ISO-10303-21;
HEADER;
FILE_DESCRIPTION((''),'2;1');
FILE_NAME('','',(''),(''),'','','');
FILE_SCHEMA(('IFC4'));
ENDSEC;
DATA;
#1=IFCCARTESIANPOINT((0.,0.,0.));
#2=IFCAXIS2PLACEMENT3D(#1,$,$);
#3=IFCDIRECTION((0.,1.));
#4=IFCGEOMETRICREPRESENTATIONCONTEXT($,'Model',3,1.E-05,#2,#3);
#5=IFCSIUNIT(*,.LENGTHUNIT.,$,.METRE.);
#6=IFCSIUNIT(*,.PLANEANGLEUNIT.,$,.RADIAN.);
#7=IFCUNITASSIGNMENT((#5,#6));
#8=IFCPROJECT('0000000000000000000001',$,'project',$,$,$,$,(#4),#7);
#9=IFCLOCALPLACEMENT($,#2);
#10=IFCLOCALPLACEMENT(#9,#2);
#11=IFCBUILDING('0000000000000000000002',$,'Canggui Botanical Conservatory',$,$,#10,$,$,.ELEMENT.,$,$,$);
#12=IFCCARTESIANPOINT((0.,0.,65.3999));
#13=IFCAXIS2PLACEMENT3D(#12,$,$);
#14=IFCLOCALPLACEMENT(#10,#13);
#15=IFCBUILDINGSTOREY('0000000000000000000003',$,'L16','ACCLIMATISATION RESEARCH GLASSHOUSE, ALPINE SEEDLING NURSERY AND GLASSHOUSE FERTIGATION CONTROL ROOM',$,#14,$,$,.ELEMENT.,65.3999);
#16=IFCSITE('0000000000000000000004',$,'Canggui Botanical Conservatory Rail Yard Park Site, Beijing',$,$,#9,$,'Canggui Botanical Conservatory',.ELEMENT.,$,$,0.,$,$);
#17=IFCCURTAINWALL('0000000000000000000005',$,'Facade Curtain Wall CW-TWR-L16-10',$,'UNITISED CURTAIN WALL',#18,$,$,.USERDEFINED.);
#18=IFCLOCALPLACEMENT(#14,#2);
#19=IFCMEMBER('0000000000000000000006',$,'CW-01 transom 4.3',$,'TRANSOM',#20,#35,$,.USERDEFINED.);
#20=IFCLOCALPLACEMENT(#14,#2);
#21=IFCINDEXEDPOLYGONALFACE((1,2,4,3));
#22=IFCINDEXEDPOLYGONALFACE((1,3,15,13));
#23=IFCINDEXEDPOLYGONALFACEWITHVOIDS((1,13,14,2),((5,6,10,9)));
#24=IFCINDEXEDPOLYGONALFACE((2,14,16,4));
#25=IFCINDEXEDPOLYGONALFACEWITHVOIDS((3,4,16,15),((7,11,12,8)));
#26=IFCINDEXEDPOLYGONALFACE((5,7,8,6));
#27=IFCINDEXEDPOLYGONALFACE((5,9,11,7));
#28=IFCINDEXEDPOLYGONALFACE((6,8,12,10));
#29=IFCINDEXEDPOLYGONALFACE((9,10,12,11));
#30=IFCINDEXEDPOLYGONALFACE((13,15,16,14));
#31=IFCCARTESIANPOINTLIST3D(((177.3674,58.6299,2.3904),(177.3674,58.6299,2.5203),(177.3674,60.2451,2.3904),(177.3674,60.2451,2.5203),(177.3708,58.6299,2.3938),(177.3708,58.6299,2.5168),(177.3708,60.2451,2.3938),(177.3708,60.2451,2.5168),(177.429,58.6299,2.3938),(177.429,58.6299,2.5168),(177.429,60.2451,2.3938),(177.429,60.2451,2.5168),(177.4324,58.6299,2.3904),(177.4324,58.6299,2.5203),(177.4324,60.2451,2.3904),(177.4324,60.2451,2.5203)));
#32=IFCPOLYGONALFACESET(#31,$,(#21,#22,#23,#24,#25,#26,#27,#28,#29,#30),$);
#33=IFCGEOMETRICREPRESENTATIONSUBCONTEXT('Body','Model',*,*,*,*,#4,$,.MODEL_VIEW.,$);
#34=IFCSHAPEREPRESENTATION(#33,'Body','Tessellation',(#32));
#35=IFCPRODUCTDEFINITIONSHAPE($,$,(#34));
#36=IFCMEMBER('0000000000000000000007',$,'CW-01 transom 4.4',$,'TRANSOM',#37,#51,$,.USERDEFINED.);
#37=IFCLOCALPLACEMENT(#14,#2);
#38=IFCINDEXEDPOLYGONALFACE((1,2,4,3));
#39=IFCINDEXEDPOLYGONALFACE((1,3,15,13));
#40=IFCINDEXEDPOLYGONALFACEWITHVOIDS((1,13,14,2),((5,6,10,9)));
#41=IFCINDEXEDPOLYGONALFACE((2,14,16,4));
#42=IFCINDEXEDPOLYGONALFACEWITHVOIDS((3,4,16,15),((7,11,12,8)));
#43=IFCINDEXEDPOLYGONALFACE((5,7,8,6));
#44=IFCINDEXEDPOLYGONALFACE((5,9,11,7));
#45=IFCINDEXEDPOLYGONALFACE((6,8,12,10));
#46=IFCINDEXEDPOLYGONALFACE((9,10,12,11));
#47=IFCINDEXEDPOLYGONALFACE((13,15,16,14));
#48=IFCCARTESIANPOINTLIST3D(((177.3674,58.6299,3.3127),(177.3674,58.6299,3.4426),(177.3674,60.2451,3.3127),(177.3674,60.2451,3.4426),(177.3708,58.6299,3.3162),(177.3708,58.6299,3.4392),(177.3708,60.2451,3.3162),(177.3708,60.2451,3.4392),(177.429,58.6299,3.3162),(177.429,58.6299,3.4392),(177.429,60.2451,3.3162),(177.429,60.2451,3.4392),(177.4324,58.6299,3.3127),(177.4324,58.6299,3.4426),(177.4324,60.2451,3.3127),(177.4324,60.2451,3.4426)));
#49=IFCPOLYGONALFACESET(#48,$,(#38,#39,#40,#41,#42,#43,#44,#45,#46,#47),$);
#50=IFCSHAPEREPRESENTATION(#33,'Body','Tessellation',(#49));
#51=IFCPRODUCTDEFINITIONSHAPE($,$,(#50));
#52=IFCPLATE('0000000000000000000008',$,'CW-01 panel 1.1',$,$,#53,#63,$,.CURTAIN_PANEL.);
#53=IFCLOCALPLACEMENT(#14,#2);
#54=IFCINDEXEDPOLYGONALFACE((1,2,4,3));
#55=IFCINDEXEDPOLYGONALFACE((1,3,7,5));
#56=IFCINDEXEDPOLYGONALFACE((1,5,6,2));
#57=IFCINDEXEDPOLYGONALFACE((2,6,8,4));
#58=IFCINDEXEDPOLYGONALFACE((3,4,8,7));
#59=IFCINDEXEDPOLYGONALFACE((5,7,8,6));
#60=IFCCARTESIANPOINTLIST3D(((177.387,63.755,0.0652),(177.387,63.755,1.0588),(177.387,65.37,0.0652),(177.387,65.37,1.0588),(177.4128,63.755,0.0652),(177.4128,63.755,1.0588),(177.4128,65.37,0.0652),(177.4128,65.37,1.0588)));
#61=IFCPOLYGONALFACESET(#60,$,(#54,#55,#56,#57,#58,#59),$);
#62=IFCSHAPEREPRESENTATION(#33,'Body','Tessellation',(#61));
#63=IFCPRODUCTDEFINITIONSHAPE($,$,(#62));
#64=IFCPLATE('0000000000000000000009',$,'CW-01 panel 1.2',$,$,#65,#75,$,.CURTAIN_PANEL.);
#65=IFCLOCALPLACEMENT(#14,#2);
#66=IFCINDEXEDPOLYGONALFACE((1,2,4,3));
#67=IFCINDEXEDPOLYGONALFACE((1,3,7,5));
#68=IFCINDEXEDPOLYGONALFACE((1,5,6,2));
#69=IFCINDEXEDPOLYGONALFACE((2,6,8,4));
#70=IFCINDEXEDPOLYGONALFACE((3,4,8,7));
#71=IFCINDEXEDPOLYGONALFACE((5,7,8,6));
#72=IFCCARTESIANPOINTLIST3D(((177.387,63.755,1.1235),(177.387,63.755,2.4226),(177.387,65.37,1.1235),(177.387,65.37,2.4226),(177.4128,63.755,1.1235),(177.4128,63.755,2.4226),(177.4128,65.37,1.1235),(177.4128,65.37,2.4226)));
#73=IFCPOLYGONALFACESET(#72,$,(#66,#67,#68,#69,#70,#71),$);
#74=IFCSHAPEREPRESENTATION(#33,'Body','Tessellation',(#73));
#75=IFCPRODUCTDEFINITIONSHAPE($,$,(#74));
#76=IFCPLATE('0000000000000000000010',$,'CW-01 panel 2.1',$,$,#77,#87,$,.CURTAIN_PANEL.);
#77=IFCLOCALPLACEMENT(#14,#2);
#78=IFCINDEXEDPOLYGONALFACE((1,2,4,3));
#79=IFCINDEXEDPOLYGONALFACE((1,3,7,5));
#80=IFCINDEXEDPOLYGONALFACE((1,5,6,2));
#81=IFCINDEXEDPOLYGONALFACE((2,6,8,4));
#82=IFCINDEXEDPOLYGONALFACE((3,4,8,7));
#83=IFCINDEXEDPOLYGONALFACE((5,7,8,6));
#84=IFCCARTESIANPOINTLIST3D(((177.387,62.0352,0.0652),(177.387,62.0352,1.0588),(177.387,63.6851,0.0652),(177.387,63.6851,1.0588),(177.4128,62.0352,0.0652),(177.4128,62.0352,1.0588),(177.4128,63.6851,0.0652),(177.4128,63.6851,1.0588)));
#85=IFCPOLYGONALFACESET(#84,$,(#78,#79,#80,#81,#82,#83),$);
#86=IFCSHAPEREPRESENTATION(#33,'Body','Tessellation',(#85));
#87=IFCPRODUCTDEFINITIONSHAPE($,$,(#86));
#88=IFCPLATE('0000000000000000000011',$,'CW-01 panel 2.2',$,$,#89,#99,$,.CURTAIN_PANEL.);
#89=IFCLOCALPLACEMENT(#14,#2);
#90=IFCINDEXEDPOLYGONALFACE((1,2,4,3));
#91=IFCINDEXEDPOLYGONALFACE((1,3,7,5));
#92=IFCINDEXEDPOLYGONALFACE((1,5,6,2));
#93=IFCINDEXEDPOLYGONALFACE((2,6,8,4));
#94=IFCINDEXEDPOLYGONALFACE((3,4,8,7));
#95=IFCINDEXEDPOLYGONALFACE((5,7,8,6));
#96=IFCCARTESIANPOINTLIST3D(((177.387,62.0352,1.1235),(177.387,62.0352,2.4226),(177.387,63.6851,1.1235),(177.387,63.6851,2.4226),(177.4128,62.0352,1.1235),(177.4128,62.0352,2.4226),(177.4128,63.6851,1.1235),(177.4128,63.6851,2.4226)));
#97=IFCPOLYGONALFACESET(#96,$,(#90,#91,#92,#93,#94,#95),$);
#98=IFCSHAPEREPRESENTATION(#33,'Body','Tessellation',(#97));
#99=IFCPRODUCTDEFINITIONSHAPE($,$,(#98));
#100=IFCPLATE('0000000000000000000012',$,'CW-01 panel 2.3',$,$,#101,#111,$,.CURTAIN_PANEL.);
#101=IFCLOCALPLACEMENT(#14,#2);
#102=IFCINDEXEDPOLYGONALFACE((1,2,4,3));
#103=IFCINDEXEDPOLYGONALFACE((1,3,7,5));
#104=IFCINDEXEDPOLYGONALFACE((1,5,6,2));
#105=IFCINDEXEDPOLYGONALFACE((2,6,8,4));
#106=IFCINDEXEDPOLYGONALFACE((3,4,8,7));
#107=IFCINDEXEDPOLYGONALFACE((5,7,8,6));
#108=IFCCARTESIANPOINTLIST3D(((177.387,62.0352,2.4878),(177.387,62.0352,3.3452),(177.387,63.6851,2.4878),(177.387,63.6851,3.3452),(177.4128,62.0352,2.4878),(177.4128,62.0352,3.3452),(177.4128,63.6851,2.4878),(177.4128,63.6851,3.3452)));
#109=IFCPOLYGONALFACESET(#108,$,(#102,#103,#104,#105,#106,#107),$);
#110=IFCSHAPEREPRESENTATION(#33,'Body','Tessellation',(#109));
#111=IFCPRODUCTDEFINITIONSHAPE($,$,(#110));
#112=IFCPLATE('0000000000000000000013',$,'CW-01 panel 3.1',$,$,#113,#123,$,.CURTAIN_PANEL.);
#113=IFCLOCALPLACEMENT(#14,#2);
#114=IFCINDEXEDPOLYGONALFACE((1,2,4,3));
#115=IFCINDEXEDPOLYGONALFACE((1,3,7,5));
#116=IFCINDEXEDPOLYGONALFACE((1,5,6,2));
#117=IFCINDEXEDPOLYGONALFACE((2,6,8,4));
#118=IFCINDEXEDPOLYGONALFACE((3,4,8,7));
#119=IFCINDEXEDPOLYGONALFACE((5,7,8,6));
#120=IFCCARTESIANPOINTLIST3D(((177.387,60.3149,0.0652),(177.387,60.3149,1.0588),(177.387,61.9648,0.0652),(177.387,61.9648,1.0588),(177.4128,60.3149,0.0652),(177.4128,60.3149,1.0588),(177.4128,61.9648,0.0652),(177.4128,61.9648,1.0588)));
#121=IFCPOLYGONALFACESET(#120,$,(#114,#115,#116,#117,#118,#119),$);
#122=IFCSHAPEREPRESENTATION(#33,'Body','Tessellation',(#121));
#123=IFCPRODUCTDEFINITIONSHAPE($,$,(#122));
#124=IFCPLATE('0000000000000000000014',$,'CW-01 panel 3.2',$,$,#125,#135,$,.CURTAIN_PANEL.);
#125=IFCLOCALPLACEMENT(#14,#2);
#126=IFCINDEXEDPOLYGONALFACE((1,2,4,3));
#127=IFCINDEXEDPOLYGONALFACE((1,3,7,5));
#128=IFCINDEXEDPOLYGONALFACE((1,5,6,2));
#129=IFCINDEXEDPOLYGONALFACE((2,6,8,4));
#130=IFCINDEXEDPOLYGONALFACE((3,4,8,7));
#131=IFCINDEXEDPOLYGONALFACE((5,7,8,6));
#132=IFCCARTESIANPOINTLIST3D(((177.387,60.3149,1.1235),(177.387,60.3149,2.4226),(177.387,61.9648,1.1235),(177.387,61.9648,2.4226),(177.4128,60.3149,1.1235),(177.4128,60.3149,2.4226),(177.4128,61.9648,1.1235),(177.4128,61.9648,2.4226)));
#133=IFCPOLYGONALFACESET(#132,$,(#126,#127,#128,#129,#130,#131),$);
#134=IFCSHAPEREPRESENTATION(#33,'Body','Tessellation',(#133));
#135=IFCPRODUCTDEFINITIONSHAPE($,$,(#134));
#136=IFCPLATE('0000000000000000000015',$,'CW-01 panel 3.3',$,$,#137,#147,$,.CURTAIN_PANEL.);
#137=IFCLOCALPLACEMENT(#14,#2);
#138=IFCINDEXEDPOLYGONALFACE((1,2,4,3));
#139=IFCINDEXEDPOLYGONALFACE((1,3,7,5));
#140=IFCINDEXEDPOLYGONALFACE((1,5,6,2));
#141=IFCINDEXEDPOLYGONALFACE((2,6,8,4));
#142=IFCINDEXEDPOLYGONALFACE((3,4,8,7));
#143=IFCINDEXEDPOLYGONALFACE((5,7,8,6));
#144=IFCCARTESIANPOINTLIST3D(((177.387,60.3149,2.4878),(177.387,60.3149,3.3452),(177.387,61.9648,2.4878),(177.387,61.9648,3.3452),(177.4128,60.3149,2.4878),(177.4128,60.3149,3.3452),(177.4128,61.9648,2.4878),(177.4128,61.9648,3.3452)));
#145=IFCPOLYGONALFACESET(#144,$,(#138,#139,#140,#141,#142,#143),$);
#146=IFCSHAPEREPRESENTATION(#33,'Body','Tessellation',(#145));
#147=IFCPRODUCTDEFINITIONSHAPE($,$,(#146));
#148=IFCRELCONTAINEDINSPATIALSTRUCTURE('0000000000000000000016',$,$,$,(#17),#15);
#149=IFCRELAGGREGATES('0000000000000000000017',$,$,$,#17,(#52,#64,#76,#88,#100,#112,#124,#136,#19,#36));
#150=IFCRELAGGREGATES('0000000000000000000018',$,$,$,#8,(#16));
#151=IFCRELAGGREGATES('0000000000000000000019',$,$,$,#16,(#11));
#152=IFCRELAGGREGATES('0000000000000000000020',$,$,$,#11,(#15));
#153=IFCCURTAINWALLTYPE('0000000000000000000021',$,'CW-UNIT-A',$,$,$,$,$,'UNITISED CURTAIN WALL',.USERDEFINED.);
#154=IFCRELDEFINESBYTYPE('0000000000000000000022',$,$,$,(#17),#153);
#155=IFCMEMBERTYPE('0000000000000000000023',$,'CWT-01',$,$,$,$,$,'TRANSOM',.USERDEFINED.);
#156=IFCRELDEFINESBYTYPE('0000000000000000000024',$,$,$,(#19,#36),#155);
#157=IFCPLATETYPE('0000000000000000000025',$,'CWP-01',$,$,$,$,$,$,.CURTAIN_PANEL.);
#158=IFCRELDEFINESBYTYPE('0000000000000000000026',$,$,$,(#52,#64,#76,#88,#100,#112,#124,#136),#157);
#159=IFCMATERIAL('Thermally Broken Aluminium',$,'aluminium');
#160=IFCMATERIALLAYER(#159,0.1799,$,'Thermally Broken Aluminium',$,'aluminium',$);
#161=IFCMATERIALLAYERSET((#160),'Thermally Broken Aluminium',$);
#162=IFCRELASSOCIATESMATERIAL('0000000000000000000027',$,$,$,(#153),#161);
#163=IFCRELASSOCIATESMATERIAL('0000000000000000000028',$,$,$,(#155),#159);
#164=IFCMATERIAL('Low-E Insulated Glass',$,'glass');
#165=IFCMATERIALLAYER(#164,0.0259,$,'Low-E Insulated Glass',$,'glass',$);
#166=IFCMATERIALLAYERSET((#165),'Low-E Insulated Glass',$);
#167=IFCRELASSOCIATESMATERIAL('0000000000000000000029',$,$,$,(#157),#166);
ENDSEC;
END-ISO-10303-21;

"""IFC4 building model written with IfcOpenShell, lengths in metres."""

from ifc_helpers import new_model, si_unit, direction, frame, origin, origin_2d, place, context, subcontext, project, spatial, rectangle, hollow_rectangle, extrude, material, layer, layer_set, material_profile, profile_set, type_object, element, aggregate, save


model = new_model("IFC4")

# Units and contexts
model_context = context("Model", 3, precision=1e-05, world=origin(), true_north=direction((0.0, 1.0)))
body_context = subcontext(model_context, "Body", "Model", "MODEL_VIEW")
ifc_project = project(units=[si_unit("LENGTHUNIT", "METRE"), si_unit("PLANEANGLEUNIT", "RADIAN")], contexts=[model_context])

# Site, building, storey
site_placement = place(None, origin())
site = spatial("IfcSite", under=ifc_project, at=site_placement, Name="Canggui Botanical Conservatory Rail Yard Park Site, Beijing", LongName="Canggui Botanical Conservatory", CompositionType="ELEMENT", RefElevation=0.0)
building_placement = place(site_placement, origin())
building = spatial("IfcBuilding", under=site, at=building_placement, Name="Canggui Botanical Conservatory", CompositionType="ELEMENT")
storey_placement = place(building_placement, frame((0.0, 0.0, 65.3999)))
storey = spatial("IfcBuildingStorey", under=building, at=storey_placement, Name="L16", Description="ACCLIMATISATION RESEARCH GLASSHOUSE, ALPINE SEEDLING NURSERY AND GLASSHOUSE FERTIGATION CONTROL ROOM", CompositionType="ELEMENT", Elevation=65.3999)

# Curtain wall, members, plates
ifc_material_1 = material(Name="Thermally Broken Aluminium", Category="aluminium")
ifc_layer_1 = layer(ifc_material_1, 0.1799, Name="Thermally Broken Aluminium", Category="aluminium")
ifc_layer_set_1 = layer_set([ifc_layer_1], Name="Thermally Broken Aluminium")
curtain_wall_type = type_object("IfcCurtainWallType", Name="CW-UNIT-A", ElementType="UNITISED CURTAIN WALL", PredefinedType="USERDEFINED", material=ifc_layer_set_1)
curtain_wall_placement = place(storey_placement, origin())
curtain_wall = element("IfcCurtainWall", 1, at=curtain_wall_placement, inside=storey, type_object=curtain_wall_type, Name="Facade Curtain Wall CW-TWR-L16-10", ObjectType="UNITISED CURTAIN WALL", PredefinedType="USERDEFINED")
ifc_material_profile_1 = material_profile(ifc_material_1, hollow_rectangle(XDim=0.0649, YDim=0.1299, WallThickness=0.0034, at=origin_2d()), Name="CWT 65x130x3.5")
ifc_profile_set_1 = profile_set([ifc_material_profile_1], Name="Thermally Broken Aluminium")
member_type_1 = type_object("IfcMemberType", Name="CWT-01", ElementType="TRANSOM", PredefinedType="USERDEFINED", material=ifc_profile_set_1)
member_1_placement = place(storey_placement, frame((177.3999, 60.2451, 2.4553), z_axis=(0.0, -1.0, 0.0), x_axis=(1.0, 0.0, 0.0)))
member_1 = element("IfcMember", 2, at=member_1_placement, type_object=member_type_1, Name="CW-01 transom 4.3", ObjectType="TRANSOM", PredefinedType="USERDEFINED", context=body_context, shape_type="SweptSolid", body=[
    extrude(hollow_rectangle(XDim=0.0649, YDim=0.1299, WallThickness=0.0034, at=origin_2d()), origin(), (0.0, 0.0, 1.0), 1.6152),
])
member_2_placement = place(storey_placement, frame((177.3999, 60.2451, 3.3777), z_axis=(0.0, -1.0, 0.0), x_axis=(1.0, 0.0, 0.0)))
member_2 = element("IfcMember", 3, at=member_2_placement, type_object=member_type_1, Name="CW-01 transom 4.4", ObjectType="TRANSOM", PredefinedType="USERDEFINED", context=body_context, shape_type="SweptSolid", body=[
    extrude(hollow_rectangle(XDim=0.0649, YDim=0.1299, WallThickness=0.0034, at=origin_2d()), origin(), (0.0, 0.0, 1.0), 1.6152),
])
ifc_material_2 = material(Name="Low-E Insulated Glass", Category="glass")
ifc_layer_2 = layer(ifc_material_2, 0.0259, Name="Low-E Insulated Glass", Category="glass")
ifc_layer_set_2 = layer_set([ifc_layer_2], Name="Low-E Insulated Glass")
plate_type = type_object("IfcPlateType", Name="CWP-01", PredefinedType="CURTAIN_PANEL", material=ifc_layer_set_2)
plate_1_placement = place(storey_placement, frame((177.3999, 64.5625, 0.0652), z_axis=(0.0, 0.0, 1.0), x_axis=(0.0, -1.0, 0.0)))
plate_1 = element("IfcPlate", 4, at=plate_1_placement, type_object=plate_type, Name="CW-01 panel 1.1", PredefinedType="CURTAIN_PANEL", context=body_context, shape_type="SweptSolid", body=[
    extrude(rectangle(XDim=1.615, YDim=0.0259, at=origin_2d()), origin(), (0.0, 0.0, 1.0), 0.9937),
])
plate_2_placement = place(storey_placement, frame((177.3999, 64.5625, 1.1235), z_axis=(0.0, 0.0, 1.0), x_axis=(0.0, -1.0, 0.0)))
plate_2 = element("IfcPlate", 5, at=plate_2_placement, type_object=plate_type, Name="CW-01 panel 1.2", PredefinedType="CURTAIN_PANEL", context=body_context, shape_type="SweptSolid", body=[
    extrude(rectangle(XDim=1.615, YDim=0.0259, at=origin_2d()), origin(), (0.0, 0.0, 1.0), 1.2991),
])
plate_3_placement = place(storey_placement, frame((177.3999, 62.8601, 0.0652), z_axis=(0.0, 0.0, 1.0), x_axis=(0.0, -1.0, 0.0)))
plate_3 = element("IfcPlate", 6, at=plate_3_placement, type_object=plate_type, Name="CW-01 panel 2.1", PredefinedType="CURTAIN_PANEL", context=body_context, shape_type="SweptSolid", body=[
    extrude(rectangle(XDim=1.6499, YDim=0.0259, at=origin_2d()), origin(), (0.0, 0.0, 1.0), 0.9937),
])
plate_4_placement = place(storey_placement, frame((177.3999, 62.8601, 1.1235), z_axis=(0.0, 0.0, 1.0), x_axis=(0.0, -1.0, 0.0)))
plate_4 = element("IfcPlate", 7, at=plate_4_placement, type_object=plate_type, Name="CW-01 panel 2.2", PredefinedType="CURTAIN_PANEL", context=body_context, shape_type="SweptSolid", body=[
    extrude(rectangle(XDim=1.6499, YDim=0.0259, at=origin_2d()), origin(), (0.0, 0.0, 1.0), 1.2991),
])
plate_5_placement = place(storey_placement, frame((177.3999, 62.8601, 2.4878), z_axis=(0.0, 0.0, 1.0), x_axis=(0.0, -1.0, 0.0)))
plate_5 = element("IfcPlate", 8, at=plate_5_placement, type_object=plate_type, Name="CW-01 panel 2.3", PredefinedType="CURTAIN_PANEL", context=body_context, shape_type="SweptSolid", body=[
    extrude(rectangle(XDim=1.6499, YDim=0.0259, at=origin_2d()), origin(), (0.0, 0.0, 1.0), 0.8574),
])
plate_6_placement = place(storey_placement, frame((177.3999, 61.1399, 0.0652), z_axis=(0.0, 0.0, 1.0), x_axis=(0.0, -1.0, 0.0)))
plate_6 = element("IfcPlate", 9, at=plate_6_placement, type_object=plate_type, Name="CW-01 panel 3.1", PredefinedType="CURTAIN_PANEL", context=body_context, shape_type="SweptSolid", body=[
    extrude(rectangle(XDim=1.6499, YDim=0.0259, at=origin_2d()), origin(), (0.0, 0.0, 1.0), 0.9937),
])
plate_7_placement = place(storey_placement, frame((177.3999, 61.1399, 1.1235), z_axis=(0.0, 0.0, 1.0), x_axis=(0.0, -1.0, 0.0)))
plate_7 = element("IfcPlate", 10, at=plate_7_placement, type_object=plate_type, Name="CW-01 panel 3.2", PredefinedType="CURTAIN_PANEL", context=body_context, shape_type="SweptSolid", body=[
    extrude(rectangle(XDim=1.6499, YDim=0.0259, at=origin_2d()), origin(), (0.0, 0.0, 1.0), 1.2991),
])
plate_8_placement = place(storey_placement, frame((177.3999, 61.1399, 2.4878), z_axis=(0.0, 0.0, 1.0), x_axis=(0.0, -1.0, 0.0)))
plate_8 = element("IfcPlate", 11, at=plate_8_placement, type_object=plate_type, Name="CW-01 panel 3.3", PredefinedType="CURTAIN_PANEL", context=body_context, shape_type="SweptSolid", body=[
    extrude(rectangle(XDim=1.6499, YDim=0.0259, at=origin_2d()), origin(), (0.0, 0.0, 1.0), 0.8574),
])
aggregate(curtain_wall, [plate_1, plate_2, plate_3, plate_4, plate_5, plate_6, plate_7, plate_8, member_1, member_2])

save(model, "model.ifc")
